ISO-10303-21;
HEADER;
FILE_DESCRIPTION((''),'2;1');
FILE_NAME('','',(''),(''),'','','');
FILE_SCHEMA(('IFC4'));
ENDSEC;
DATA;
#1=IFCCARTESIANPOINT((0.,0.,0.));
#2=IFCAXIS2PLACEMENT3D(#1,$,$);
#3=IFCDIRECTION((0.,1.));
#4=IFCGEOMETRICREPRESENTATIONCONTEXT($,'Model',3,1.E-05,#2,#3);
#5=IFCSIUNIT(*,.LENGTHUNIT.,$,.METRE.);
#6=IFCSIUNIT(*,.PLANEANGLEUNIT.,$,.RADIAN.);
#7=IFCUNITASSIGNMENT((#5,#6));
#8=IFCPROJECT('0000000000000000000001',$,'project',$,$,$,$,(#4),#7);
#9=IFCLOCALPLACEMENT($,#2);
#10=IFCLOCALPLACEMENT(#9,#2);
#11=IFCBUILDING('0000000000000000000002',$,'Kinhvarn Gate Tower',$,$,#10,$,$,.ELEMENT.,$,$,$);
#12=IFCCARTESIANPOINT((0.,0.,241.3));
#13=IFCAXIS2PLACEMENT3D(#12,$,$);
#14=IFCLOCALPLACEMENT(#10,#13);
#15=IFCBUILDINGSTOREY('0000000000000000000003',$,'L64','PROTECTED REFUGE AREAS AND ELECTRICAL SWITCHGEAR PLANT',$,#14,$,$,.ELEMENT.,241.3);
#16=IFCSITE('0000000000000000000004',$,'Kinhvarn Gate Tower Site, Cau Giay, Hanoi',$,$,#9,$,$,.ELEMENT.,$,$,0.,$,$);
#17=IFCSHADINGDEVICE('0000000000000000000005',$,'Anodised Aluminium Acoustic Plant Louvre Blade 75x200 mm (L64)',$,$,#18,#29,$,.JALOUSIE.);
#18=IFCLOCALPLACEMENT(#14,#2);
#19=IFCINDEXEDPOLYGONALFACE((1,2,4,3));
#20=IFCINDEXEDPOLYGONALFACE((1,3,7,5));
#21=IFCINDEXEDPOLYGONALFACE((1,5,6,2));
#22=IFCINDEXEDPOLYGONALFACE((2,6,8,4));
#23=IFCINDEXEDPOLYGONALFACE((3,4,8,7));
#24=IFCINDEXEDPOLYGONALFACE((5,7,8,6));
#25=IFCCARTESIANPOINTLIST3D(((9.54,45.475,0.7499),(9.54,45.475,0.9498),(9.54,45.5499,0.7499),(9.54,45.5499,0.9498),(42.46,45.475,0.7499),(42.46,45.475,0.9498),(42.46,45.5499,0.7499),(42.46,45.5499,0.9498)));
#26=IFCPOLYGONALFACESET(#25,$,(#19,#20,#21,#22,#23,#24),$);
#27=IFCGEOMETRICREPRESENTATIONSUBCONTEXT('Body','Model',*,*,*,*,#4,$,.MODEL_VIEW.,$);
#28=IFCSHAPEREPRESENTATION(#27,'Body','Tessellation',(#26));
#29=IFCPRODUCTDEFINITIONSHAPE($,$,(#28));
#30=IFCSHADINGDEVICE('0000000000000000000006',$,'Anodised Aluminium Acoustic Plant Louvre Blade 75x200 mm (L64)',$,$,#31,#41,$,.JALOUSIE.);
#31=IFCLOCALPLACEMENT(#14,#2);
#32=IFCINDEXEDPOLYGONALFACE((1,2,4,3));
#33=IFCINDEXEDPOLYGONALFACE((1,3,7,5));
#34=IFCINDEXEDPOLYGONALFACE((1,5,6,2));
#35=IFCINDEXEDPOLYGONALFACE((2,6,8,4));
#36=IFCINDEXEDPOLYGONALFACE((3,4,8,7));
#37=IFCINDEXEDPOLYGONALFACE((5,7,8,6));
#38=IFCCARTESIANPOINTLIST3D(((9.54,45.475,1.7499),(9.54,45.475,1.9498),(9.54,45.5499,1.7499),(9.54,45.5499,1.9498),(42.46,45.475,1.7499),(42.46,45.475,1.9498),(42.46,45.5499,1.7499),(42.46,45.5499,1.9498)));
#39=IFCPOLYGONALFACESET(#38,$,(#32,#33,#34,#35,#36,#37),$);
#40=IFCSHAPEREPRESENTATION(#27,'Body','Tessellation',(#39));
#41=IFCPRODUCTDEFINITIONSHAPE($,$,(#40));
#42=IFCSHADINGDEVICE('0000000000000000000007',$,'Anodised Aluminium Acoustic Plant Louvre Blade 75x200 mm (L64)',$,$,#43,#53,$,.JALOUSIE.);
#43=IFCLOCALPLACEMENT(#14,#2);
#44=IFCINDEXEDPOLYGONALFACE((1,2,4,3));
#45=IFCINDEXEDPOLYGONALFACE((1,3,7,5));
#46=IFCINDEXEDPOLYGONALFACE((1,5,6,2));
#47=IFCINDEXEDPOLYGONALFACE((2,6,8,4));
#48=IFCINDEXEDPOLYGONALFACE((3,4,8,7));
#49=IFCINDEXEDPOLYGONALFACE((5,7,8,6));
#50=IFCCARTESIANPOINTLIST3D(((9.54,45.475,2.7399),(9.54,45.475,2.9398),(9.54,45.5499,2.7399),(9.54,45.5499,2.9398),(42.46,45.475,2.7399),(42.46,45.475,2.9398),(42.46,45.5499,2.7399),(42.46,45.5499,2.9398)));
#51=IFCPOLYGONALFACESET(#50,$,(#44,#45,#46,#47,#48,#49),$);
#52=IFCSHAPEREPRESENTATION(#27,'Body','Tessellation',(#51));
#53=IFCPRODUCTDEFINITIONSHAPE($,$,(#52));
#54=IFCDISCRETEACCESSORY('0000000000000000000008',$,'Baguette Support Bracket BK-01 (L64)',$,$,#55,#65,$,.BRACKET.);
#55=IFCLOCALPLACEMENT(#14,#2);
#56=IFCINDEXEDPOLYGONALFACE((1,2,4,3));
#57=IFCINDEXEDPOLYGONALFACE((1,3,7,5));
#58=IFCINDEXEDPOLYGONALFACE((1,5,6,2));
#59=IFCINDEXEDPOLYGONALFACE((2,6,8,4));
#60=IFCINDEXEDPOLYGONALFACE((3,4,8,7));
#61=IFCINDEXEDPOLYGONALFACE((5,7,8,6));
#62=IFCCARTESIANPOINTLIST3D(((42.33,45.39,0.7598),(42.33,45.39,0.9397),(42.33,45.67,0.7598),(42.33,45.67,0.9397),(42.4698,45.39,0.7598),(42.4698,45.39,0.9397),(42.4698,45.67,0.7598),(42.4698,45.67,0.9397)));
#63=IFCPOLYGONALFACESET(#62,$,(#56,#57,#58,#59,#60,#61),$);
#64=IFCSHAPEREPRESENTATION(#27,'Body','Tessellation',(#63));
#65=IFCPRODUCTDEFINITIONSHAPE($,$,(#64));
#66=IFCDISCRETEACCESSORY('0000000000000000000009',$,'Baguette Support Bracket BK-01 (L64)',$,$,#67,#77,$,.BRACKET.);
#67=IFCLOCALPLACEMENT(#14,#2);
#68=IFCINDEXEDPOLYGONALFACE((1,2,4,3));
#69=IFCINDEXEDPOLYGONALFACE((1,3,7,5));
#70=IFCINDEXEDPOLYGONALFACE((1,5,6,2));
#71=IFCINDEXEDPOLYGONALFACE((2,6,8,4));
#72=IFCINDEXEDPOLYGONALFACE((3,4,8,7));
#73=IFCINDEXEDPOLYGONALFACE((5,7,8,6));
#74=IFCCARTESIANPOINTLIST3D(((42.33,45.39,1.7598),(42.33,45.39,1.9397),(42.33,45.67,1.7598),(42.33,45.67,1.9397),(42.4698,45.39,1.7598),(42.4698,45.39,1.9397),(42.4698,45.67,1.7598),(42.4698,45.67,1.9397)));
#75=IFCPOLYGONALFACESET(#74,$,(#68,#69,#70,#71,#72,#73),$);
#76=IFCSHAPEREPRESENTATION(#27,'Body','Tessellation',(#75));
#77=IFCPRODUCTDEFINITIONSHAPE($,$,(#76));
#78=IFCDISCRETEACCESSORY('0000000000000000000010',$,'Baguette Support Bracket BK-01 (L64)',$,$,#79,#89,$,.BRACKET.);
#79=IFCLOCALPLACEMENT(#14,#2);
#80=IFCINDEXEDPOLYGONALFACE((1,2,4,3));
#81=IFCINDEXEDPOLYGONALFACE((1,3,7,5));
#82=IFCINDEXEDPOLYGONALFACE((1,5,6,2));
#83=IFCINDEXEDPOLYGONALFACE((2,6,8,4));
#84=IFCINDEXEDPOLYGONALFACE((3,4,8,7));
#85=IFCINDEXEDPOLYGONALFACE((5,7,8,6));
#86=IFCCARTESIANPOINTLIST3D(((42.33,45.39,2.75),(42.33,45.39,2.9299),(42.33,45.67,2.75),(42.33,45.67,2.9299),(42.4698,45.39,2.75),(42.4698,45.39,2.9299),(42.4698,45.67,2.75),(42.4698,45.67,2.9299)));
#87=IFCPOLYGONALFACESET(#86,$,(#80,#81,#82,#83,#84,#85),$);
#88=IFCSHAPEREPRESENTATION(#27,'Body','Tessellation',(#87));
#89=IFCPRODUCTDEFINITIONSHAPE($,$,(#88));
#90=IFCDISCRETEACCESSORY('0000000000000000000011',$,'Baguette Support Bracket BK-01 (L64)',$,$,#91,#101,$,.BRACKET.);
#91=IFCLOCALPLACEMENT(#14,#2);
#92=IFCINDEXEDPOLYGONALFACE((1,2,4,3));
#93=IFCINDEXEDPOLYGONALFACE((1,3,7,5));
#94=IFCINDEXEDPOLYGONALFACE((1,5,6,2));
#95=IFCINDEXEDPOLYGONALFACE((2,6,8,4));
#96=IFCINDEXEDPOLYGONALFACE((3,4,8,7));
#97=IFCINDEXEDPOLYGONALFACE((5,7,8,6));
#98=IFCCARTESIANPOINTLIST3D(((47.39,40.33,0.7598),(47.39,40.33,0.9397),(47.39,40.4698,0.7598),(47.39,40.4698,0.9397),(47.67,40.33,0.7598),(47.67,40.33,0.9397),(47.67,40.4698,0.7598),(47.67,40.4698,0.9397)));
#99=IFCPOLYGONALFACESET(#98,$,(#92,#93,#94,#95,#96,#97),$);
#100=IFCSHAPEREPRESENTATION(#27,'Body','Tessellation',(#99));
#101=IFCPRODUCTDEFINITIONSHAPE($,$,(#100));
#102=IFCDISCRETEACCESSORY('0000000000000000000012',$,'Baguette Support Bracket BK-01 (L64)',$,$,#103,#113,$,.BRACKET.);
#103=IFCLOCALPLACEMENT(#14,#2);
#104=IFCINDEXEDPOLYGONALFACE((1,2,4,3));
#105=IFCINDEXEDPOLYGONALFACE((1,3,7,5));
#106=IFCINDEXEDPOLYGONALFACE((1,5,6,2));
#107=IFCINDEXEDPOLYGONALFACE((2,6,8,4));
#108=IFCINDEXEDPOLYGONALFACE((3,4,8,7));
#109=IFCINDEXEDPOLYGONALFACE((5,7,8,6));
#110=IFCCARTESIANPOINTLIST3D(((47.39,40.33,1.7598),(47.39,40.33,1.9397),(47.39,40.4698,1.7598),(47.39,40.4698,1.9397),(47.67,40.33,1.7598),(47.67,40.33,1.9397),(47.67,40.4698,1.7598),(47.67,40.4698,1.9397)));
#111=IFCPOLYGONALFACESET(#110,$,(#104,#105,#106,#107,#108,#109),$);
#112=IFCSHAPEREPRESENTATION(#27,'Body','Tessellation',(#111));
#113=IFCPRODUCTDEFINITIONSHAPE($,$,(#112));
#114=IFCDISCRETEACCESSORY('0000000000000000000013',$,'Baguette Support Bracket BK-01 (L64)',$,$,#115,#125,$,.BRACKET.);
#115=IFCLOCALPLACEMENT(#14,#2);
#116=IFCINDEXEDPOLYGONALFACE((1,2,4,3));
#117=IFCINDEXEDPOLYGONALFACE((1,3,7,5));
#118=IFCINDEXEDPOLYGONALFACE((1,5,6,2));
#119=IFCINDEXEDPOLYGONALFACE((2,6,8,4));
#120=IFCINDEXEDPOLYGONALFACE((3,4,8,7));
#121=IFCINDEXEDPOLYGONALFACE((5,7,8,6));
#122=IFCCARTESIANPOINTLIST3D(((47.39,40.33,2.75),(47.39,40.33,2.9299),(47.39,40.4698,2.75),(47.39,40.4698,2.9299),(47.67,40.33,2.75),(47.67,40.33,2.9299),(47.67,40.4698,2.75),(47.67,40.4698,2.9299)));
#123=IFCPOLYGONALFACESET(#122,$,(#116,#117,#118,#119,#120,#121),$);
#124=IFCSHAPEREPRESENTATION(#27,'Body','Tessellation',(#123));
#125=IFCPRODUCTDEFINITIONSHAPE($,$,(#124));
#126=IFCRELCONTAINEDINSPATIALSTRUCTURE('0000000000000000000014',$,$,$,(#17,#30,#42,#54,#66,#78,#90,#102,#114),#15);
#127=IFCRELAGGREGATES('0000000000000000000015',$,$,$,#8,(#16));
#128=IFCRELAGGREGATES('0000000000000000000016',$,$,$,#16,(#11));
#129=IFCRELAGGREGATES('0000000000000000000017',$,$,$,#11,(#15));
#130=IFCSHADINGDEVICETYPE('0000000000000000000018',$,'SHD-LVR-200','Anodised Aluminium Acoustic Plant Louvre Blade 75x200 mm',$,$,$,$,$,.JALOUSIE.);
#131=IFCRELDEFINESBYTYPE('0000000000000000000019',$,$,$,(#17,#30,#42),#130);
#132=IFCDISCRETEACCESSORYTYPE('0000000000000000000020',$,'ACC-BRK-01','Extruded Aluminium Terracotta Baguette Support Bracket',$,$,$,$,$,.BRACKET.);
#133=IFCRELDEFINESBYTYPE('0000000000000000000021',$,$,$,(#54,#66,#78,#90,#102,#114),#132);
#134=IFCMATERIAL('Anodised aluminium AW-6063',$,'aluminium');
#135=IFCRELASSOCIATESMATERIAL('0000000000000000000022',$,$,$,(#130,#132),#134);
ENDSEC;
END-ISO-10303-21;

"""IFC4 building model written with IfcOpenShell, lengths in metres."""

from ifc_helpers import new_model, si_unit, direction, frame, origin, origin_2d, place, context, subcontext, project, spatial, rectangle, extrude, material, material_profile, profile_set, type_object, element, save


model = new_model("IFC4")

# Units and contexts
model_context = context("Model", 3, precision=1e-05, world=origin(), true_north=direction((0.0, 1.0)))
body_context = subcontext(model_context, "Body", "Model", "MODEL_VIEW")
ifc_project = project(units=[si_unit("LENGTHUNIT", "METRE"), si_unit("PLANEANGLEUNIT", "RADIAN")], contexts=[model_context])

# Site, building, storey
site_placement = place(None, origin())
site = spatial("IfcSite", under=ifc_project, at=site_placement, Name="Kinhvarn Gate Tower Site, Cau Giay, Hanoi", CompositionType="ELEMENT", RefElevation=0.0)
building_placement = place(site_placement, origin())
building = spatial("IfcBuilding", under=site, at=building_placement, Name="Kinhvarn Gate Tower", CompositionType="ELEMENT")
storey_placement = place(building_placement, frame((0.0, 0.0, 241.3)))
storey = spatial("IfcBuildingStorey", under=building, at=storey_placement, Name="L64", Description="PROTECTED REFUGE AREAS AND ELECTRICAL SWITCHGEAR PLANT", CompositionType="ELEMENT", Elevation=241.3)

# Shared definitions
ifc_material_1 = material(Name="Anodised aluminium AW-6063", Category="aluminium")

# Shading devices
ifc_material_profile_1 = material_profile(ifc_material_1, rectangle(XDim=0.075, YDim=0.2, at=origin_2d()), Name="LOUVRE 75x200")
ifc_profile_set_1 = profile_set([ifc_material_profile_1], Name="Anodised aluminium AW-6063")
shading_device_type = type_object("IfcShadingDeviceType", Name="SHD-LVR-200", Description="Anodised Aluminium Acoustic Plant Louvre Blade 75x200 mm", PredefinedType="JALOUSIE", material=ifc_profile_set_1)
for number, where, z_axis, x_axis, name in (
    (1, (42.46, 45.5125, 0.8499), (-1.0, 0.0, 0.0), (0.0, -1.0, 0.0), "Anodised Aluminium Acoustic Plant Louvre Blade 75x200 mm (L64)"),
    (2, (42.46, 45.5125, 1.8499), (-1.0, 0.0, 0.0), (0.0, -1.0, 0.0), "Anodised Aluminium Acoustic Plant Louvre Blade 75x200 mm (L64)"),
    (3, (42.46, 45.5125, 2.8398), (-1.0, 0.0, 0.0), (0.0, -1.0, 0.0), "Anodised Aluminium Acoustic Plant Louvre Blade 75x200 mm (L64)"),
):
    element("IfcShadingDevice", number, at=place(storey_placement, frame(where, z_axis=z_axis, x_axis=x_axis)), inside=storey, type_object=shading_device_type, Name=name, PredefinedType="JALOUSIE", context=body_context, shape_type="SweptSolid", body=[
        extrude(rectangle(XDim=0.075, YDim=0.2, at=origin_2d()), origin(), (0.0, 0.0, 1.0), 32.9199),
    ])

# Discrete accessories
discrete_accessory_type = type_object("IfcDiscreteAccessoryType", Name="ACC-BRK-01", Description="Extruded Aluminium Terracotta Baguette Support Bracket", PredefinedType="BRACKET", material=ifc_material_1)
for number, where, z_axis, x_axis, name in (
    (4, (42.3999, 45.53, 0.7598), (0.0, 0.0, 1.0), (-1.0, 0.0, 0.0), "Baguette Support Bracket BK-01 (L64)"),
    (5, (42.3999, 45.53, 1.7598), (0.0, 0.0, 1.0), (-1.0, 0.0, 0.0), "Baguette Support Bracket BK-01 (L64)"),
    (6, (42.3999, 45.53, 2.75), (0.0, 0.0, 1.0), (-1.0, 0.0, 0.0), "Baguette Support Bracket BK-01 (L64)"),
    (7, (47.53, 40.3999, 0.7598), (0.0, 0.0, 1.0), (0.0, 1.0, 0.0), "Baguette Support Bracket BK-01 (L64)"),
    (8, (47.53, 40.3999, 1.7598), (0.0, 0.0, 1.0), (0.0, 1.0, 0.0), "Baguette Support Bracket BK-01 (L64)"),
    (9, (47.53, 40.3999, 2.75), (0.0, 0.0, 1.0), (0.0, 1.0, 0.0), "Baguette Support Bracket BK-01 (L64)"),
):
    element("IfcDiscreteAccessory", number, at=place(storey_placement, frame(where, z_axis=z_axis, x_axis=x_axis)), inside=storey, type_object=discrete_accessory_type, Name=name, PredefinedType="BRACKET", context=body_context, shape_type="SweptSolid", body=[
        extrude(rectangle(XDim=0.1399, YDim=0.28, at=origin_2d()), origin(), (0.0, 0.0, 1.0), 0.1799),
    ])

save(model, "model.ifc")
